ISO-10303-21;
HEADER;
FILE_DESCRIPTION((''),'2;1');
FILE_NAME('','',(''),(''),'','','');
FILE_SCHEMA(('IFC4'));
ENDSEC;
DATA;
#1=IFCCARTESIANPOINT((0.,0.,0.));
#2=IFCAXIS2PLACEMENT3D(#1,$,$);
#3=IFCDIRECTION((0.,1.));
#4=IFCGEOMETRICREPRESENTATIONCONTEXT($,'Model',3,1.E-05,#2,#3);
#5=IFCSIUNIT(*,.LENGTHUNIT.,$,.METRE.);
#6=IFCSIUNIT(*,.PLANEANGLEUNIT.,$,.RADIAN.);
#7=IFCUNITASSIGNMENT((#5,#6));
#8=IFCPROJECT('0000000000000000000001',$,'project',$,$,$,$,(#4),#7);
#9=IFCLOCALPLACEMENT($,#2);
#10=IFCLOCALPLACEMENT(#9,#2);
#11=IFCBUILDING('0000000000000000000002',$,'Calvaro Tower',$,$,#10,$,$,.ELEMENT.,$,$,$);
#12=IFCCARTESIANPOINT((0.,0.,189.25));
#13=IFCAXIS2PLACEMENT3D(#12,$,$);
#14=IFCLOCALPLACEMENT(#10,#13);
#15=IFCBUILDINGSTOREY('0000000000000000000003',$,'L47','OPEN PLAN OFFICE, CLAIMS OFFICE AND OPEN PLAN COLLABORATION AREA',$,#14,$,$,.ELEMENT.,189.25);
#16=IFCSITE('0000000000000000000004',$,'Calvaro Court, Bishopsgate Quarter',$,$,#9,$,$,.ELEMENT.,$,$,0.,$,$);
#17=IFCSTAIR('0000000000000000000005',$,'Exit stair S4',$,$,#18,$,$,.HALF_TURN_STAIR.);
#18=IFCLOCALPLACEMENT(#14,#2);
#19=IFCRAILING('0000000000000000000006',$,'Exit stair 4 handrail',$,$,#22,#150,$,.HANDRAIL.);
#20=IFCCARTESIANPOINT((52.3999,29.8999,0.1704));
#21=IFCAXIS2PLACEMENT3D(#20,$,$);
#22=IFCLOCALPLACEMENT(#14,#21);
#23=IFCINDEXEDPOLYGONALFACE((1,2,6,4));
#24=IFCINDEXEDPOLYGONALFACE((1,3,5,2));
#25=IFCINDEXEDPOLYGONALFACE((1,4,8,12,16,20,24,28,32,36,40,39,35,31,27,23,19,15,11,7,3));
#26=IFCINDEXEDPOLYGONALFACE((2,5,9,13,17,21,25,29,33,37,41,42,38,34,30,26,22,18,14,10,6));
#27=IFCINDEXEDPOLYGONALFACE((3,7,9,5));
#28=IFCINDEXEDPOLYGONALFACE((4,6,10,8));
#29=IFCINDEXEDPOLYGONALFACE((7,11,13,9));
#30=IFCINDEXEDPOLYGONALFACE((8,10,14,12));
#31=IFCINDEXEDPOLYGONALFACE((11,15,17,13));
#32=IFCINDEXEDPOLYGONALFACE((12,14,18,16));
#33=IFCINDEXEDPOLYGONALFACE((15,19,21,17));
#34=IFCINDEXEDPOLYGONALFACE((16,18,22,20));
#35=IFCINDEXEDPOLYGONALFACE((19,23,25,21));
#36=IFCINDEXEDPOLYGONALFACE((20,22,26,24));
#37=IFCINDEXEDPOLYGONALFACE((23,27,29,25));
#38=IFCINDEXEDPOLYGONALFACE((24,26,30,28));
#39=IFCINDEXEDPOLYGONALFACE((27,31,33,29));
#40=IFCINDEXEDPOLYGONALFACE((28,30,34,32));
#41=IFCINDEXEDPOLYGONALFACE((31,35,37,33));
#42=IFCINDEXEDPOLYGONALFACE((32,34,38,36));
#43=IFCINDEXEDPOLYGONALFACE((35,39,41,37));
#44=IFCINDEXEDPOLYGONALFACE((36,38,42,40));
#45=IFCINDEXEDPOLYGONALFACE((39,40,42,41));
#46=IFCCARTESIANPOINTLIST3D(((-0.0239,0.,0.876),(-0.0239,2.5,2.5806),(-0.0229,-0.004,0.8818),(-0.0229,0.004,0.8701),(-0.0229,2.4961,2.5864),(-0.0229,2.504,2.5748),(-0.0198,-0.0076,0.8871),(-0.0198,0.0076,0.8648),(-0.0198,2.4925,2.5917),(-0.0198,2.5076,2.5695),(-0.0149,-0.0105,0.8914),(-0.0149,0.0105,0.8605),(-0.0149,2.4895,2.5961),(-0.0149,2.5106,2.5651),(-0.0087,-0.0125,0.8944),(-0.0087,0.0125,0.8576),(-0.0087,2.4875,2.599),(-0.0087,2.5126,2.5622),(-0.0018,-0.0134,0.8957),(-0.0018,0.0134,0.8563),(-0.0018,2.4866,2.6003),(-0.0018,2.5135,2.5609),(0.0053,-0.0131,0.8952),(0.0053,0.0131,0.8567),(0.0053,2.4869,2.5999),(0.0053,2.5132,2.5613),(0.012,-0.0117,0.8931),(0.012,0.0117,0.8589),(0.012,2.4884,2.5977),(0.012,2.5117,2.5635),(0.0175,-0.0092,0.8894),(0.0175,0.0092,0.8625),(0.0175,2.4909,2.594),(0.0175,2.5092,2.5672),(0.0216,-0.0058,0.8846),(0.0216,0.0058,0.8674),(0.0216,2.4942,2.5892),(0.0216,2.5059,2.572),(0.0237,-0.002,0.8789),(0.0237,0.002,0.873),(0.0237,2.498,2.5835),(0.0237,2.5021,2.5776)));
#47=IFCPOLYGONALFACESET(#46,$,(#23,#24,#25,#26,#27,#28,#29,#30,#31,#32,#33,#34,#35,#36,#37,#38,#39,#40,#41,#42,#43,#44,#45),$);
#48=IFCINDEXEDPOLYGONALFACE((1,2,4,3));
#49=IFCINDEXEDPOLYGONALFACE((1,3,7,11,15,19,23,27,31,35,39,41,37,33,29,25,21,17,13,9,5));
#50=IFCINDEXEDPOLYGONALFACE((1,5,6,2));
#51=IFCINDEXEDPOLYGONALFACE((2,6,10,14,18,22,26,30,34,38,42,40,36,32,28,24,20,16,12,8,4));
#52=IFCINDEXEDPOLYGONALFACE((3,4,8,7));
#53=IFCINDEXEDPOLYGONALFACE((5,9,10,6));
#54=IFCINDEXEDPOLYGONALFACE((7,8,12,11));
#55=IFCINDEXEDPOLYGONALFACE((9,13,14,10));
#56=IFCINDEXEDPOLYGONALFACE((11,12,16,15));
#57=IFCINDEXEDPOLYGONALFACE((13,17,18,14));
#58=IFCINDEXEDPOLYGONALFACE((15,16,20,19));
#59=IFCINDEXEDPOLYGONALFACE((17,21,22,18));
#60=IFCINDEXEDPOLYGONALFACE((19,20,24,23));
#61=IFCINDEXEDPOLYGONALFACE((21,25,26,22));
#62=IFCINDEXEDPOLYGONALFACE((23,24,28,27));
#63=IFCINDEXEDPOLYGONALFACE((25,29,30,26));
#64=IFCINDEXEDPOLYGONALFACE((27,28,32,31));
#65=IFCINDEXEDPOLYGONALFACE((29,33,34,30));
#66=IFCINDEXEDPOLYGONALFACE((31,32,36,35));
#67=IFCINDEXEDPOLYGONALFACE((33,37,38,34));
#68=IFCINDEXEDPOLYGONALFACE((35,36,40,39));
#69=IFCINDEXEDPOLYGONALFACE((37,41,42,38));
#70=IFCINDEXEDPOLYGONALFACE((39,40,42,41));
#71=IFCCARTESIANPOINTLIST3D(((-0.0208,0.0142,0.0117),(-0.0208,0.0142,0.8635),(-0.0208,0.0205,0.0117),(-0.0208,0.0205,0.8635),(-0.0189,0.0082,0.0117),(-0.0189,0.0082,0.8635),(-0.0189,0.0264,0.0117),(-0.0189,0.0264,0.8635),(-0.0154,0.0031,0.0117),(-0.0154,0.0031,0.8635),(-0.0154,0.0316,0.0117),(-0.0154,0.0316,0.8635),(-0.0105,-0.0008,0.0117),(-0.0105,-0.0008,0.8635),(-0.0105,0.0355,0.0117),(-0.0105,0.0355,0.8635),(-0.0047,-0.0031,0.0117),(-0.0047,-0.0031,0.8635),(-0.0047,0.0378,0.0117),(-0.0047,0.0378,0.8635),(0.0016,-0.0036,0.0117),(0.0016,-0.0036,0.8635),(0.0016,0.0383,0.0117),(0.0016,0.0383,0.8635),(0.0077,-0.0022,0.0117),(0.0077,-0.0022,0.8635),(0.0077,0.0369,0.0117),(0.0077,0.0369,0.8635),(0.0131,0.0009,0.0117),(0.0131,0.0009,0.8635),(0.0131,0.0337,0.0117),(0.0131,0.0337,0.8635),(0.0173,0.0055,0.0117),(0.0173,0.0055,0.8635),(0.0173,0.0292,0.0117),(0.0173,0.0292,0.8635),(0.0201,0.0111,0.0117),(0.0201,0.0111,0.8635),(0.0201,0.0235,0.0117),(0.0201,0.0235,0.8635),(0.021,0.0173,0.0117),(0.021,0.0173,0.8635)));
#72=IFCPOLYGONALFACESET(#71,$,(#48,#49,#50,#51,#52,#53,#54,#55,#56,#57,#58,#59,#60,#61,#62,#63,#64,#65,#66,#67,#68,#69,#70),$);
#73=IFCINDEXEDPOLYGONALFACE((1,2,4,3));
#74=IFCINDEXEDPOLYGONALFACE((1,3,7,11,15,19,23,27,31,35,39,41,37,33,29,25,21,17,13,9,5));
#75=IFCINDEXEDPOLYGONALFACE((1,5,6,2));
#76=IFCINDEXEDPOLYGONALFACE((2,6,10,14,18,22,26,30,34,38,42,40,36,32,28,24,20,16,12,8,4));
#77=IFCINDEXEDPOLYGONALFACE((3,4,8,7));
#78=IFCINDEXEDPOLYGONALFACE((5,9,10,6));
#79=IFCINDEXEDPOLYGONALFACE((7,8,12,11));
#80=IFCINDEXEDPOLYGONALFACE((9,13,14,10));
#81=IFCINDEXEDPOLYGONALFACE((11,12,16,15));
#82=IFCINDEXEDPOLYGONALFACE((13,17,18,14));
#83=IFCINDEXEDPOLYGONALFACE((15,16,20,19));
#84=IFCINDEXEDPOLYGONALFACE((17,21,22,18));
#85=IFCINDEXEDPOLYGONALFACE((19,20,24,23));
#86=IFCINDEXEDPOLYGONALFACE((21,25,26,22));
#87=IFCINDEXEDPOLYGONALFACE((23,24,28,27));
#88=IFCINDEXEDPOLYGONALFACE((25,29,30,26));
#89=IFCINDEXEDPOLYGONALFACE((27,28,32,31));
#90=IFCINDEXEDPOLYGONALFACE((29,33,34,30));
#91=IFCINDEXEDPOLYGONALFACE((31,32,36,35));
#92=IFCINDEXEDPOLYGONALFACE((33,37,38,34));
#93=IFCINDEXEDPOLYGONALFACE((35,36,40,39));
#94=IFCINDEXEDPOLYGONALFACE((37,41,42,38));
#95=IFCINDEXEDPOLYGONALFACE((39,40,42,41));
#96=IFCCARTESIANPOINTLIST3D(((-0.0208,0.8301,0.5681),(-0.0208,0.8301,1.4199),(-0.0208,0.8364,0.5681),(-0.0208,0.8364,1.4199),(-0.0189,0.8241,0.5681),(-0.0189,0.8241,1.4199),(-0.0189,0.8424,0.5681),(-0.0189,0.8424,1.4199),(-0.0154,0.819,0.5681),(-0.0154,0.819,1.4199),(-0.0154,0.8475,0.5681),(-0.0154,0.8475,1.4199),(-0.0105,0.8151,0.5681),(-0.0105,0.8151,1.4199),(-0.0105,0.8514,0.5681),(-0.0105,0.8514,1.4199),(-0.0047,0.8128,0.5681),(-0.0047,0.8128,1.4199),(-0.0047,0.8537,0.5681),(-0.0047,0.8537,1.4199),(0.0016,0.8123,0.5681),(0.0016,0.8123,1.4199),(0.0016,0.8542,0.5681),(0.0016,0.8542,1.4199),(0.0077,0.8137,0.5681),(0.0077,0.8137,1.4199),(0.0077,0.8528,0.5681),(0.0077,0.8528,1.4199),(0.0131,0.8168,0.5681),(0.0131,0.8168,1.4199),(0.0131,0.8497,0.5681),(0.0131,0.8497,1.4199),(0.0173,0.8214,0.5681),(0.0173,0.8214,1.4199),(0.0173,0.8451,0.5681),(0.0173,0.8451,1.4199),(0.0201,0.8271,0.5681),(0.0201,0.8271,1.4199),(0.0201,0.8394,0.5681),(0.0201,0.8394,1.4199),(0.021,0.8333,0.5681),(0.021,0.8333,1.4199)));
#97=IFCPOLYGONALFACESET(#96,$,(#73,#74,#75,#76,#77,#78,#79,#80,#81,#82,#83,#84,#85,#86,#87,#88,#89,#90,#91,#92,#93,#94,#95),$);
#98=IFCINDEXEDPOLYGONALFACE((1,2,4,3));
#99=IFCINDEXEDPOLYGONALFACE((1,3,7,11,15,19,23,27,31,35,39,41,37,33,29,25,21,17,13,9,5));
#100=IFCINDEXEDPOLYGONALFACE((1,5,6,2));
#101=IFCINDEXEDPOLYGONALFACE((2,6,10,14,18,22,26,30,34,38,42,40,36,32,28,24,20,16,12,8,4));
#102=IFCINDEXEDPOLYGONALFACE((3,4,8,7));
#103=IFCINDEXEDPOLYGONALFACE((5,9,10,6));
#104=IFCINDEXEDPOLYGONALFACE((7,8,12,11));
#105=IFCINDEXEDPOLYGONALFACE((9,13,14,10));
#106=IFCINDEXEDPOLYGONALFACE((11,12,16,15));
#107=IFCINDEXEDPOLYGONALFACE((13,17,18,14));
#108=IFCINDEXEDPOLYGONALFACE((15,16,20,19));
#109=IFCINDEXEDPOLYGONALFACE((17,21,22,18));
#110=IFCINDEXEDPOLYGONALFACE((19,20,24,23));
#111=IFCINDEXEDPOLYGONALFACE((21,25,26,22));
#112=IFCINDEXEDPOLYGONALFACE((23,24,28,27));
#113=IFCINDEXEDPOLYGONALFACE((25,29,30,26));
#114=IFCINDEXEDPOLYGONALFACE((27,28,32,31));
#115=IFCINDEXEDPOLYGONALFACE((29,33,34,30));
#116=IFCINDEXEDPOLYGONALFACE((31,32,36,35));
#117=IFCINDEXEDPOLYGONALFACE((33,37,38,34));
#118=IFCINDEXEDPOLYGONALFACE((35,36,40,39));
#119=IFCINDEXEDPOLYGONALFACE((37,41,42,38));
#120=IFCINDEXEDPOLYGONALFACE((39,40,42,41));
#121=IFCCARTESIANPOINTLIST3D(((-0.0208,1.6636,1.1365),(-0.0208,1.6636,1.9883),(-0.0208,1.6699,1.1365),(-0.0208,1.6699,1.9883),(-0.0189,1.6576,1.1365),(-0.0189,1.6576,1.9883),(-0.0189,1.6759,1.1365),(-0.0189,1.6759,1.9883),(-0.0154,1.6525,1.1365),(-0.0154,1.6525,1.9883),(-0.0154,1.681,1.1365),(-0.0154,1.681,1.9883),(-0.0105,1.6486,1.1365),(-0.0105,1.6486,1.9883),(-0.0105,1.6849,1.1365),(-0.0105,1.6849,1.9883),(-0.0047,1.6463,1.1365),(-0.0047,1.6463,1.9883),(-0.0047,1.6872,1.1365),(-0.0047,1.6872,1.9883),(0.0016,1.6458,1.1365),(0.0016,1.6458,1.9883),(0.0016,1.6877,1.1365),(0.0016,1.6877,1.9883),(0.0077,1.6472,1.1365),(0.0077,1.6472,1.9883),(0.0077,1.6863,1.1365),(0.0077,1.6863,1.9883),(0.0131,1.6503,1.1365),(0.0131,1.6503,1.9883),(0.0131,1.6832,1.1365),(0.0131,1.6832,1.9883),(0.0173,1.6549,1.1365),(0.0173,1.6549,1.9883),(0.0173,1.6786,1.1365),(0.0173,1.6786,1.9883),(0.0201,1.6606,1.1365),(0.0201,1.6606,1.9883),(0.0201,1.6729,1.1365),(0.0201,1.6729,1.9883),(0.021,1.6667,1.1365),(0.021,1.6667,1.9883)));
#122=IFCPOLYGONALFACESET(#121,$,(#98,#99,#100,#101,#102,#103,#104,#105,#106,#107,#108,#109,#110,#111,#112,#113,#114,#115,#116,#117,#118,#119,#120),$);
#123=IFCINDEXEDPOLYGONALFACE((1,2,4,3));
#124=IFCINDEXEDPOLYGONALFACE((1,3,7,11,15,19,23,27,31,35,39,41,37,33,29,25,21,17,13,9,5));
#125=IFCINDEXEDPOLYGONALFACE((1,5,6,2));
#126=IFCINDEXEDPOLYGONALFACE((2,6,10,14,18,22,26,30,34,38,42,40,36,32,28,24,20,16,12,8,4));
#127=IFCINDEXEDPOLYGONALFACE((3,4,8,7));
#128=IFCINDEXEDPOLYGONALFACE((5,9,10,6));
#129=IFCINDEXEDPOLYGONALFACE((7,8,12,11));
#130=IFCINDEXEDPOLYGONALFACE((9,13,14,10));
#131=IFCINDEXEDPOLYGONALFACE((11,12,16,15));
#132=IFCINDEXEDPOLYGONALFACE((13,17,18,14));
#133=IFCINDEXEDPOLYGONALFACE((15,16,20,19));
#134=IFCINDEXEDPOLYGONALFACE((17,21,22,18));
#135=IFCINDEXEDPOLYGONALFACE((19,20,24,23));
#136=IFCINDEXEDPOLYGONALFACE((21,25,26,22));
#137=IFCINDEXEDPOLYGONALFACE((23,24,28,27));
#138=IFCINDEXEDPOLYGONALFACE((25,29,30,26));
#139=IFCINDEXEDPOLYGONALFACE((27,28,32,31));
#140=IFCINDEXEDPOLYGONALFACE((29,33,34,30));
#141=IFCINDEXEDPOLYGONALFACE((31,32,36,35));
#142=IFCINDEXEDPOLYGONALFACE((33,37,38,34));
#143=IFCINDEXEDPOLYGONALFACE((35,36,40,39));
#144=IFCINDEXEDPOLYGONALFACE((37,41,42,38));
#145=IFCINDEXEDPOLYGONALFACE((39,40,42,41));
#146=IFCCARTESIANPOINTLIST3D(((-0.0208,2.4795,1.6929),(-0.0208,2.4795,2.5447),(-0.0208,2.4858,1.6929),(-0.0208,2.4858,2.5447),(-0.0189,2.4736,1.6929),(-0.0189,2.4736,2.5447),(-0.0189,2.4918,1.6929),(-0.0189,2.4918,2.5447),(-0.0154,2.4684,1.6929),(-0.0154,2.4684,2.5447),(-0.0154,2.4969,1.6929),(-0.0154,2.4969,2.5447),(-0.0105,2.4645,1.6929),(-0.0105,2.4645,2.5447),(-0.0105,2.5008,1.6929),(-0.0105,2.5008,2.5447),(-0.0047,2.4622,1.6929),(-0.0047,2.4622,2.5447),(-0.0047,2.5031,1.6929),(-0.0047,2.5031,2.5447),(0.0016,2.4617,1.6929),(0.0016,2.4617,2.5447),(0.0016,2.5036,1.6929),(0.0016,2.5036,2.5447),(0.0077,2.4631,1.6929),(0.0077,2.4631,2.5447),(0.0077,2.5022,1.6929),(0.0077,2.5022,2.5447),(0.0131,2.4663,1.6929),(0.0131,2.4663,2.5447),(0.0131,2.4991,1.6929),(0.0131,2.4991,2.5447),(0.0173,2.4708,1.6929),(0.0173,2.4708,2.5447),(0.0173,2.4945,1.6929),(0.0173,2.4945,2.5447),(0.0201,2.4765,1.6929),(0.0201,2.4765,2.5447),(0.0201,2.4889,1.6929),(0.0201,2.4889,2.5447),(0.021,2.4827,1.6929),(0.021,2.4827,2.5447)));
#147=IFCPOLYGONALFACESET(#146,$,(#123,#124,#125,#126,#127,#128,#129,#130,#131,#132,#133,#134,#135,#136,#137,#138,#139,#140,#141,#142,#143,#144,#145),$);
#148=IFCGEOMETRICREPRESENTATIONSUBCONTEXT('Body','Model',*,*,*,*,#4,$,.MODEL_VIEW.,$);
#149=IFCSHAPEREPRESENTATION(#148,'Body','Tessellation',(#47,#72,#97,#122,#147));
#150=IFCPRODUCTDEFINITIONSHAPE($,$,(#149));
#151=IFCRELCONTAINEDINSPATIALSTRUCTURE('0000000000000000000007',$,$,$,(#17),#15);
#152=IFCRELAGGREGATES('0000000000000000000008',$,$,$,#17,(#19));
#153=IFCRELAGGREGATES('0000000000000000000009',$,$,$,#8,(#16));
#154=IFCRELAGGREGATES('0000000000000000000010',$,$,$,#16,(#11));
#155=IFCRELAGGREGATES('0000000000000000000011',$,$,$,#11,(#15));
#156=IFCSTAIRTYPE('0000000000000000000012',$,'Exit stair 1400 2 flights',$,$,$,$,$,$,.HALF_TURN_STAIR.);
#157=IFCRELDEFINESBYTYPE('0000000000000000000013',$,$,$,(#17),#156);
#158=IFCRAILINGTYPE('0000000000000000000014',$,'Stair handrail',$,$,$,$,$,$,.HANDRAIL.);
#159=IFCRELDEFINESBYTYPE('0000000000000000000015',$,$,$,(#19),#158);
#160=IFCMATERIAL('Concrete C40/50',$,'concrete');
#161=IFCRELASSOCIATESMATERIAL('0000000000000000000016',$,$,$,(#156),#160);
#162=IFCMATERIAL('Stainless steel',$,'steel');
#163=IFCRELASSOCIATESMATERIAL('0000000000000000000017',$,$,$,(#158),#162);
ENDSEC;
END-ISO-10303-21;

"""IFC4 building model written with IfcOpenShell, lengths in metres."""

from ifc_helpers import new_model, si_unit, direction, frame, origin, origin_2d, place, context, subcontext, project, spatial, circle, extrude, material, type_object, element, aggregate, save


model = new_model("IFC4")

# Units and contexts
model_context = context("Model", 3, precision=1e-05, world=origin(), true_north=direction((0.0, 1.0)))
body_context = subcontext(model_context, "Body", "Model", "MODEL_VIEW")
ifc_project = project(units=[si_unit("LENGTHUNIT", "METRE"), si_unit("PLANEANGLEUNIT", "RADIAN")], contexts=[model_context])

# Site, building, storey
site_placement = place(None, origin())
site = spatial("IfcSite", under=ifc_project, at=site_placement, Name="Calvaro Court, Bishopsgate Quarter", CompositionType="ELEMENT", RefElevation=0.0)
building_placement = place(site_placement, origin())
building = spatial("IfcBuilding", under=site, at=building_placement, Name="Calvaro Tower", CompositionType="ELEMENT")
storey_placement = place(building_placement, frame((0.0, 0.0, 189.25)))
storey = spatial("IfcBuildingStorey", under=building, at=storey_placement, Name="L47", Description="OPEN PLAN OFFICE, CLAIMS OFFICE AND OPEN PLAN COLLABORATION AREA", CompositionType="ELEMENT", Elevation=189.25)

# Stair
ifc_material_1 = material(Name="Concrete C40/50", Category="concrete")
stair_type = type_object("IfcStairType", Name="Exit stair 1400 2 flights", PredefinedType="HALF_TURN_STAIR", material=ifc_material_1)
stair_1_placement = place(storey_placement, origin())
stair_1 = element("IfcStair", 1, at=stair_1_placement, inside=storey, type_object=stair_type, Name="Exit stair S4", PredefinedType="HALF_TURN_STAIR")

# Railing
ifc_material_2 = material(Name="Stainless steel", Category="steel")
railing_type = type_object("IfcRailingType", Name="Stair handrail", PredefinedType="HANDRAIL", material=ifc_material_2)
railing_1_placement = place(storey_placement, frame((52.3999, 29.8999, 0.1704)))
railing_1 = element("IfcRailing", 2, at=railing_1_placement, type_object=railing_type, Name="Exit stair 4 handrail", PredefinedType="HANDRAIL", context=body_context, shape_type="SweptSolid", body=[
    extrude(circle(Radius=0.0239, at=origin_2d()), frame((0.0, 0.0, 0.876), z_axis=(0.0, 0.826221, 0.563347), x_axis=(-1.0, 0.0, 0.0)), (0.0, 0.0, 1.0), 3.0259),
    extrude(circle(Radius=0.021, at=origin_2d()), frame((0.0, 0.0173, 0.0117)), (0.0, 0.0, 1.0), 0.8518),
    extrude(circle(Radius=0.021, at=origin_2d()), frame((0.0, 0.8333, 0.5681)), (0.0, 0.0, 1.0), 0.8518),
    extrude(circle(Radius=0.021, at=origin_2d()), frame((0.0, 1.6667, 1.1365)), (0.0, 0.0, 1.0), 0.8518),
    extrude(circle(Radius=0.021, at=origin_2d()), frame((0.0, 2.4827, 1.6929)), (0.0, 0.0, 1.0), 0.8518),
])
aggregate(stair_1, [railing_1])

save(model, "model.ifc")
